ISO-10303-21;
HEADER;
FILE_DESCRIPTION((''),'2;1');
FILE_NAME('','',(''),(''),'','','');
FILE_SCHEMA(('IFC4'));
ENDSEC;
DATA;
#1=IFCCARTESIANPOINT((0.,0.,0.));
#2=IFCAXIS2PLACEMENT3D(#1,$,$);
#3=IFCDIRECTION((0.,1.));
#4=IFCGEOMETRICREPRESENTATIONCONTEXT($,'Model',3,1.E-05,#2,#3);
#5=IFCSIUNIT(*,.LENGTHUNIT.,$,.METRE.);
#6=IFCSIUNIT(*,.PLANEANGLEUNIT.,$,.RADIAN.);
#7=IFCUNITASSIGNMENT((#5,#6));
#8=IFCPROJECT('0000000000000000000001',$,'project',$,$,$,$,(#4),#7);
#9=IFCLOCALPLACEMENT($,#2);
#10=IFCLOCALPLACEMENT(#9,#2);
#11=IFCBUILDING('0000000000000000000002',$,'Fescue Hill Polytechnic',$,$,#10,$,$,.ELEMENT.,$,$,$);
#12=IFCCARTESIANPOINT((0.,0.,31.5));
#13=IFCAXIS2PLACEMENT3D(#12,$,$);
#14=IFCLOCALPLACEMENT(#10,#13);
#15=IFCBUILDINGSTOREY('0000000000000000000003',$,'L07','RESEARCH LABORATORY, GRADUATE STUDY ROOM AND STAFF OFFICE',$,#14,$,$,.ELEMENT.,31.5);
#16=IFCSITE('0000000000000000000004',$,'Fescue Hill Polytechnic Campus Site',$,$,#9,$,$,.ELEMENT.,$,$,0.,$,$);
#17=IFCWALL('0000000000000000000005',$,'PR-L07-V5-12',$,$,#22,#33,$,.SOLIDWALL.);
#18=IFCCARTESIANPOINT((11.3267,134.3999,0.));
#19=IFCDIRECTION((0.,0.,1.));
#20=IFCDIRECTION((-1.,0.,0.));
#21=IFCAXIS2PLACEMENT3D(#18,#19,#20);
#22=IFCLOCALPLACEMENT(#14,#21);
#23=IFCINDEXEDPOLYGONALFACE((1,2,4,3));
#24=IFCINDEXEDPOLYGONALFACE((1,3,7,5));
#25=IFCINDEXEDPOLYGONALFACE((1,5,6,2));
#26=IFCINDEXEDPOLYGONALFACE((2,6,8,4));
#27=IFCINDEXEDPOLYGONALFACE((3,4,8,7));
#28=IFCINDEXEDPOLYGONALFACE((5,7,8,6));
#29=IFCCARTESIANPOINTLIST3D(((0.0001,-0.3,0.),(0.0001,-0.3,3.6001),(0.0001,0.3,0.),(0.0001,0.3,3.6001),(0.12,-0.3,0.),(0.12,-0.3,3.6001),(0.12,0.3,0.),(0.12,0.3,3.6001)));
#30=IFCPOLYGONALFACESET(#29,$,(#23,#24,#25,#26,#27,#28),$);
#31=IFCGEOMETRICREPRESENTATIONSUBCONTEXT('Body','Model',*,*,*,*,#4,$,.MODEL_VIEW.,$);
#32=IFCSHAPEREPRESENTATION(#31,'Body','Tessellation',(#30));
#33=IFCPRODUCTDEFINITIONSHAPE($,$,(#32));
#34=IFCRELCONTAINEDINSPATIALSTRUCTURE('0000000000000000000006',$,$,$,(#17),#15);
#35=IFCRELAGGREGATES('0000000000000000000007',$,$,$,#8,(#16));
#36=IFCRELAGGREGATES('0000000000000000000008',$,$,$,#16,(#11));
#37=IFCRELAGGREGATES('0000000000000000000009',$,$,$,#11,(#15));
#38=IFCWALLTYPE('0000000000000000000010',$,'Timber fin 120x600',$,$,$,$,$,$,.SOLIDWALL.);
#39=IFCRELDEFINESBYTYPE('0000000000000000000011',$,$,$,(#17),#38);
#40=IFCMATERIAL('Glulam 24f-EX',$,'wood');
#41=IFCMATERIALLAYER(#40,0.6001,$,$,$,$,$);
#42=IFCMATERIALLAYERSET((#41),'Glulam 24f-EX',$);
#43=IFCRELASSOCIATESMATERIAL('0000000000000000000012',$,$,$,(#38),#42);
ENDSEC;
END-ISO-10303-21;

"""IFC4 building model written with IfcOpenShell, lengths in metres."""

from ifc_helpers import new_model, si_unit, direction, frame, frame_2d, origin, place, context, subcontext, project, spatial, rectangle, extrude, material, layer, layer_set, type_object, element, save


model = new_model("IFC4")

# Units and contexts
model_context = context("Model", 3, precision=1e-05, world=origin(), true_north=direction((0.0, 1.0)))
body_context = subcontext(model_context, "Body", "Model", "MODEL_VIEW")
ifc_project = project(units=[si_unit("LENGTHUNIT", "METRE"), si_unit("PLANEANGLEUNIT", "RADIAN")], contexts=[model_context])

# Site, building, storey
site_placement = place(None, origin())
site = spatial("IfcSite", under=ifc_project, at=site_placement, Name="Fescue Hill Polytechnic Campus Site", CompositionType="ELEMENT", RefElevation=0.0)
building_placement = place(site_placement, origin())
building = spatial("IfcBuilding", under=site, at=building_placement, Name="Fescue Hill Polytechnic", CompositionType="ELEMENT")
storey_placement = place(building_placement, frame((0.0, 0.0, 31.5)))
storey = spatial("IfcBuildingStorey", under=building, at=storey_placement, Name="L07", Description="RESEARCH LABORATORY, GRADUATE STUDY ROOM AND STAFF OFFICE", CompositionType="ELEMENT", Elevation=31.5)

# Wall
ifc_material_1 = material(Name="Glulam 24f-EX", Category="wood")
ifc_layer_1 = layer(ifc_material_1, 0.6001)
ifc_layer_set_1 = layer_set([ifc_layer_1], Name="Glulam 24f-EX")
wall_type_1 = type_object("IfcWallType", Name="Timber fin 120x600", PredefinedType="SOLIDWALL", material=ifc_layer_set_1)
wall_1_placement = place(storey_placement, frame((11.3267, 134.3999, 0.0), z_axis=(0.0, 0.0, 1.0), x_axis=(-1.0, 0.0, 0.0)))
element("IfcWall", 1, at=wall_1_placement, inside=storey, type_object=wall_type_1, Name="PR-L07-V5-12", PredefinedType="SOLIDWALL", context=body_context, shape_type="SweptSolid", body=[
    extrude(rectangle(XDim=0.1199, YDim=0.6001, at=frame_2d((0.0601, 0.0))), origin(), (0.0, 0.0, 1.0), 3.6001),
])

save(model, "model.ifc")
